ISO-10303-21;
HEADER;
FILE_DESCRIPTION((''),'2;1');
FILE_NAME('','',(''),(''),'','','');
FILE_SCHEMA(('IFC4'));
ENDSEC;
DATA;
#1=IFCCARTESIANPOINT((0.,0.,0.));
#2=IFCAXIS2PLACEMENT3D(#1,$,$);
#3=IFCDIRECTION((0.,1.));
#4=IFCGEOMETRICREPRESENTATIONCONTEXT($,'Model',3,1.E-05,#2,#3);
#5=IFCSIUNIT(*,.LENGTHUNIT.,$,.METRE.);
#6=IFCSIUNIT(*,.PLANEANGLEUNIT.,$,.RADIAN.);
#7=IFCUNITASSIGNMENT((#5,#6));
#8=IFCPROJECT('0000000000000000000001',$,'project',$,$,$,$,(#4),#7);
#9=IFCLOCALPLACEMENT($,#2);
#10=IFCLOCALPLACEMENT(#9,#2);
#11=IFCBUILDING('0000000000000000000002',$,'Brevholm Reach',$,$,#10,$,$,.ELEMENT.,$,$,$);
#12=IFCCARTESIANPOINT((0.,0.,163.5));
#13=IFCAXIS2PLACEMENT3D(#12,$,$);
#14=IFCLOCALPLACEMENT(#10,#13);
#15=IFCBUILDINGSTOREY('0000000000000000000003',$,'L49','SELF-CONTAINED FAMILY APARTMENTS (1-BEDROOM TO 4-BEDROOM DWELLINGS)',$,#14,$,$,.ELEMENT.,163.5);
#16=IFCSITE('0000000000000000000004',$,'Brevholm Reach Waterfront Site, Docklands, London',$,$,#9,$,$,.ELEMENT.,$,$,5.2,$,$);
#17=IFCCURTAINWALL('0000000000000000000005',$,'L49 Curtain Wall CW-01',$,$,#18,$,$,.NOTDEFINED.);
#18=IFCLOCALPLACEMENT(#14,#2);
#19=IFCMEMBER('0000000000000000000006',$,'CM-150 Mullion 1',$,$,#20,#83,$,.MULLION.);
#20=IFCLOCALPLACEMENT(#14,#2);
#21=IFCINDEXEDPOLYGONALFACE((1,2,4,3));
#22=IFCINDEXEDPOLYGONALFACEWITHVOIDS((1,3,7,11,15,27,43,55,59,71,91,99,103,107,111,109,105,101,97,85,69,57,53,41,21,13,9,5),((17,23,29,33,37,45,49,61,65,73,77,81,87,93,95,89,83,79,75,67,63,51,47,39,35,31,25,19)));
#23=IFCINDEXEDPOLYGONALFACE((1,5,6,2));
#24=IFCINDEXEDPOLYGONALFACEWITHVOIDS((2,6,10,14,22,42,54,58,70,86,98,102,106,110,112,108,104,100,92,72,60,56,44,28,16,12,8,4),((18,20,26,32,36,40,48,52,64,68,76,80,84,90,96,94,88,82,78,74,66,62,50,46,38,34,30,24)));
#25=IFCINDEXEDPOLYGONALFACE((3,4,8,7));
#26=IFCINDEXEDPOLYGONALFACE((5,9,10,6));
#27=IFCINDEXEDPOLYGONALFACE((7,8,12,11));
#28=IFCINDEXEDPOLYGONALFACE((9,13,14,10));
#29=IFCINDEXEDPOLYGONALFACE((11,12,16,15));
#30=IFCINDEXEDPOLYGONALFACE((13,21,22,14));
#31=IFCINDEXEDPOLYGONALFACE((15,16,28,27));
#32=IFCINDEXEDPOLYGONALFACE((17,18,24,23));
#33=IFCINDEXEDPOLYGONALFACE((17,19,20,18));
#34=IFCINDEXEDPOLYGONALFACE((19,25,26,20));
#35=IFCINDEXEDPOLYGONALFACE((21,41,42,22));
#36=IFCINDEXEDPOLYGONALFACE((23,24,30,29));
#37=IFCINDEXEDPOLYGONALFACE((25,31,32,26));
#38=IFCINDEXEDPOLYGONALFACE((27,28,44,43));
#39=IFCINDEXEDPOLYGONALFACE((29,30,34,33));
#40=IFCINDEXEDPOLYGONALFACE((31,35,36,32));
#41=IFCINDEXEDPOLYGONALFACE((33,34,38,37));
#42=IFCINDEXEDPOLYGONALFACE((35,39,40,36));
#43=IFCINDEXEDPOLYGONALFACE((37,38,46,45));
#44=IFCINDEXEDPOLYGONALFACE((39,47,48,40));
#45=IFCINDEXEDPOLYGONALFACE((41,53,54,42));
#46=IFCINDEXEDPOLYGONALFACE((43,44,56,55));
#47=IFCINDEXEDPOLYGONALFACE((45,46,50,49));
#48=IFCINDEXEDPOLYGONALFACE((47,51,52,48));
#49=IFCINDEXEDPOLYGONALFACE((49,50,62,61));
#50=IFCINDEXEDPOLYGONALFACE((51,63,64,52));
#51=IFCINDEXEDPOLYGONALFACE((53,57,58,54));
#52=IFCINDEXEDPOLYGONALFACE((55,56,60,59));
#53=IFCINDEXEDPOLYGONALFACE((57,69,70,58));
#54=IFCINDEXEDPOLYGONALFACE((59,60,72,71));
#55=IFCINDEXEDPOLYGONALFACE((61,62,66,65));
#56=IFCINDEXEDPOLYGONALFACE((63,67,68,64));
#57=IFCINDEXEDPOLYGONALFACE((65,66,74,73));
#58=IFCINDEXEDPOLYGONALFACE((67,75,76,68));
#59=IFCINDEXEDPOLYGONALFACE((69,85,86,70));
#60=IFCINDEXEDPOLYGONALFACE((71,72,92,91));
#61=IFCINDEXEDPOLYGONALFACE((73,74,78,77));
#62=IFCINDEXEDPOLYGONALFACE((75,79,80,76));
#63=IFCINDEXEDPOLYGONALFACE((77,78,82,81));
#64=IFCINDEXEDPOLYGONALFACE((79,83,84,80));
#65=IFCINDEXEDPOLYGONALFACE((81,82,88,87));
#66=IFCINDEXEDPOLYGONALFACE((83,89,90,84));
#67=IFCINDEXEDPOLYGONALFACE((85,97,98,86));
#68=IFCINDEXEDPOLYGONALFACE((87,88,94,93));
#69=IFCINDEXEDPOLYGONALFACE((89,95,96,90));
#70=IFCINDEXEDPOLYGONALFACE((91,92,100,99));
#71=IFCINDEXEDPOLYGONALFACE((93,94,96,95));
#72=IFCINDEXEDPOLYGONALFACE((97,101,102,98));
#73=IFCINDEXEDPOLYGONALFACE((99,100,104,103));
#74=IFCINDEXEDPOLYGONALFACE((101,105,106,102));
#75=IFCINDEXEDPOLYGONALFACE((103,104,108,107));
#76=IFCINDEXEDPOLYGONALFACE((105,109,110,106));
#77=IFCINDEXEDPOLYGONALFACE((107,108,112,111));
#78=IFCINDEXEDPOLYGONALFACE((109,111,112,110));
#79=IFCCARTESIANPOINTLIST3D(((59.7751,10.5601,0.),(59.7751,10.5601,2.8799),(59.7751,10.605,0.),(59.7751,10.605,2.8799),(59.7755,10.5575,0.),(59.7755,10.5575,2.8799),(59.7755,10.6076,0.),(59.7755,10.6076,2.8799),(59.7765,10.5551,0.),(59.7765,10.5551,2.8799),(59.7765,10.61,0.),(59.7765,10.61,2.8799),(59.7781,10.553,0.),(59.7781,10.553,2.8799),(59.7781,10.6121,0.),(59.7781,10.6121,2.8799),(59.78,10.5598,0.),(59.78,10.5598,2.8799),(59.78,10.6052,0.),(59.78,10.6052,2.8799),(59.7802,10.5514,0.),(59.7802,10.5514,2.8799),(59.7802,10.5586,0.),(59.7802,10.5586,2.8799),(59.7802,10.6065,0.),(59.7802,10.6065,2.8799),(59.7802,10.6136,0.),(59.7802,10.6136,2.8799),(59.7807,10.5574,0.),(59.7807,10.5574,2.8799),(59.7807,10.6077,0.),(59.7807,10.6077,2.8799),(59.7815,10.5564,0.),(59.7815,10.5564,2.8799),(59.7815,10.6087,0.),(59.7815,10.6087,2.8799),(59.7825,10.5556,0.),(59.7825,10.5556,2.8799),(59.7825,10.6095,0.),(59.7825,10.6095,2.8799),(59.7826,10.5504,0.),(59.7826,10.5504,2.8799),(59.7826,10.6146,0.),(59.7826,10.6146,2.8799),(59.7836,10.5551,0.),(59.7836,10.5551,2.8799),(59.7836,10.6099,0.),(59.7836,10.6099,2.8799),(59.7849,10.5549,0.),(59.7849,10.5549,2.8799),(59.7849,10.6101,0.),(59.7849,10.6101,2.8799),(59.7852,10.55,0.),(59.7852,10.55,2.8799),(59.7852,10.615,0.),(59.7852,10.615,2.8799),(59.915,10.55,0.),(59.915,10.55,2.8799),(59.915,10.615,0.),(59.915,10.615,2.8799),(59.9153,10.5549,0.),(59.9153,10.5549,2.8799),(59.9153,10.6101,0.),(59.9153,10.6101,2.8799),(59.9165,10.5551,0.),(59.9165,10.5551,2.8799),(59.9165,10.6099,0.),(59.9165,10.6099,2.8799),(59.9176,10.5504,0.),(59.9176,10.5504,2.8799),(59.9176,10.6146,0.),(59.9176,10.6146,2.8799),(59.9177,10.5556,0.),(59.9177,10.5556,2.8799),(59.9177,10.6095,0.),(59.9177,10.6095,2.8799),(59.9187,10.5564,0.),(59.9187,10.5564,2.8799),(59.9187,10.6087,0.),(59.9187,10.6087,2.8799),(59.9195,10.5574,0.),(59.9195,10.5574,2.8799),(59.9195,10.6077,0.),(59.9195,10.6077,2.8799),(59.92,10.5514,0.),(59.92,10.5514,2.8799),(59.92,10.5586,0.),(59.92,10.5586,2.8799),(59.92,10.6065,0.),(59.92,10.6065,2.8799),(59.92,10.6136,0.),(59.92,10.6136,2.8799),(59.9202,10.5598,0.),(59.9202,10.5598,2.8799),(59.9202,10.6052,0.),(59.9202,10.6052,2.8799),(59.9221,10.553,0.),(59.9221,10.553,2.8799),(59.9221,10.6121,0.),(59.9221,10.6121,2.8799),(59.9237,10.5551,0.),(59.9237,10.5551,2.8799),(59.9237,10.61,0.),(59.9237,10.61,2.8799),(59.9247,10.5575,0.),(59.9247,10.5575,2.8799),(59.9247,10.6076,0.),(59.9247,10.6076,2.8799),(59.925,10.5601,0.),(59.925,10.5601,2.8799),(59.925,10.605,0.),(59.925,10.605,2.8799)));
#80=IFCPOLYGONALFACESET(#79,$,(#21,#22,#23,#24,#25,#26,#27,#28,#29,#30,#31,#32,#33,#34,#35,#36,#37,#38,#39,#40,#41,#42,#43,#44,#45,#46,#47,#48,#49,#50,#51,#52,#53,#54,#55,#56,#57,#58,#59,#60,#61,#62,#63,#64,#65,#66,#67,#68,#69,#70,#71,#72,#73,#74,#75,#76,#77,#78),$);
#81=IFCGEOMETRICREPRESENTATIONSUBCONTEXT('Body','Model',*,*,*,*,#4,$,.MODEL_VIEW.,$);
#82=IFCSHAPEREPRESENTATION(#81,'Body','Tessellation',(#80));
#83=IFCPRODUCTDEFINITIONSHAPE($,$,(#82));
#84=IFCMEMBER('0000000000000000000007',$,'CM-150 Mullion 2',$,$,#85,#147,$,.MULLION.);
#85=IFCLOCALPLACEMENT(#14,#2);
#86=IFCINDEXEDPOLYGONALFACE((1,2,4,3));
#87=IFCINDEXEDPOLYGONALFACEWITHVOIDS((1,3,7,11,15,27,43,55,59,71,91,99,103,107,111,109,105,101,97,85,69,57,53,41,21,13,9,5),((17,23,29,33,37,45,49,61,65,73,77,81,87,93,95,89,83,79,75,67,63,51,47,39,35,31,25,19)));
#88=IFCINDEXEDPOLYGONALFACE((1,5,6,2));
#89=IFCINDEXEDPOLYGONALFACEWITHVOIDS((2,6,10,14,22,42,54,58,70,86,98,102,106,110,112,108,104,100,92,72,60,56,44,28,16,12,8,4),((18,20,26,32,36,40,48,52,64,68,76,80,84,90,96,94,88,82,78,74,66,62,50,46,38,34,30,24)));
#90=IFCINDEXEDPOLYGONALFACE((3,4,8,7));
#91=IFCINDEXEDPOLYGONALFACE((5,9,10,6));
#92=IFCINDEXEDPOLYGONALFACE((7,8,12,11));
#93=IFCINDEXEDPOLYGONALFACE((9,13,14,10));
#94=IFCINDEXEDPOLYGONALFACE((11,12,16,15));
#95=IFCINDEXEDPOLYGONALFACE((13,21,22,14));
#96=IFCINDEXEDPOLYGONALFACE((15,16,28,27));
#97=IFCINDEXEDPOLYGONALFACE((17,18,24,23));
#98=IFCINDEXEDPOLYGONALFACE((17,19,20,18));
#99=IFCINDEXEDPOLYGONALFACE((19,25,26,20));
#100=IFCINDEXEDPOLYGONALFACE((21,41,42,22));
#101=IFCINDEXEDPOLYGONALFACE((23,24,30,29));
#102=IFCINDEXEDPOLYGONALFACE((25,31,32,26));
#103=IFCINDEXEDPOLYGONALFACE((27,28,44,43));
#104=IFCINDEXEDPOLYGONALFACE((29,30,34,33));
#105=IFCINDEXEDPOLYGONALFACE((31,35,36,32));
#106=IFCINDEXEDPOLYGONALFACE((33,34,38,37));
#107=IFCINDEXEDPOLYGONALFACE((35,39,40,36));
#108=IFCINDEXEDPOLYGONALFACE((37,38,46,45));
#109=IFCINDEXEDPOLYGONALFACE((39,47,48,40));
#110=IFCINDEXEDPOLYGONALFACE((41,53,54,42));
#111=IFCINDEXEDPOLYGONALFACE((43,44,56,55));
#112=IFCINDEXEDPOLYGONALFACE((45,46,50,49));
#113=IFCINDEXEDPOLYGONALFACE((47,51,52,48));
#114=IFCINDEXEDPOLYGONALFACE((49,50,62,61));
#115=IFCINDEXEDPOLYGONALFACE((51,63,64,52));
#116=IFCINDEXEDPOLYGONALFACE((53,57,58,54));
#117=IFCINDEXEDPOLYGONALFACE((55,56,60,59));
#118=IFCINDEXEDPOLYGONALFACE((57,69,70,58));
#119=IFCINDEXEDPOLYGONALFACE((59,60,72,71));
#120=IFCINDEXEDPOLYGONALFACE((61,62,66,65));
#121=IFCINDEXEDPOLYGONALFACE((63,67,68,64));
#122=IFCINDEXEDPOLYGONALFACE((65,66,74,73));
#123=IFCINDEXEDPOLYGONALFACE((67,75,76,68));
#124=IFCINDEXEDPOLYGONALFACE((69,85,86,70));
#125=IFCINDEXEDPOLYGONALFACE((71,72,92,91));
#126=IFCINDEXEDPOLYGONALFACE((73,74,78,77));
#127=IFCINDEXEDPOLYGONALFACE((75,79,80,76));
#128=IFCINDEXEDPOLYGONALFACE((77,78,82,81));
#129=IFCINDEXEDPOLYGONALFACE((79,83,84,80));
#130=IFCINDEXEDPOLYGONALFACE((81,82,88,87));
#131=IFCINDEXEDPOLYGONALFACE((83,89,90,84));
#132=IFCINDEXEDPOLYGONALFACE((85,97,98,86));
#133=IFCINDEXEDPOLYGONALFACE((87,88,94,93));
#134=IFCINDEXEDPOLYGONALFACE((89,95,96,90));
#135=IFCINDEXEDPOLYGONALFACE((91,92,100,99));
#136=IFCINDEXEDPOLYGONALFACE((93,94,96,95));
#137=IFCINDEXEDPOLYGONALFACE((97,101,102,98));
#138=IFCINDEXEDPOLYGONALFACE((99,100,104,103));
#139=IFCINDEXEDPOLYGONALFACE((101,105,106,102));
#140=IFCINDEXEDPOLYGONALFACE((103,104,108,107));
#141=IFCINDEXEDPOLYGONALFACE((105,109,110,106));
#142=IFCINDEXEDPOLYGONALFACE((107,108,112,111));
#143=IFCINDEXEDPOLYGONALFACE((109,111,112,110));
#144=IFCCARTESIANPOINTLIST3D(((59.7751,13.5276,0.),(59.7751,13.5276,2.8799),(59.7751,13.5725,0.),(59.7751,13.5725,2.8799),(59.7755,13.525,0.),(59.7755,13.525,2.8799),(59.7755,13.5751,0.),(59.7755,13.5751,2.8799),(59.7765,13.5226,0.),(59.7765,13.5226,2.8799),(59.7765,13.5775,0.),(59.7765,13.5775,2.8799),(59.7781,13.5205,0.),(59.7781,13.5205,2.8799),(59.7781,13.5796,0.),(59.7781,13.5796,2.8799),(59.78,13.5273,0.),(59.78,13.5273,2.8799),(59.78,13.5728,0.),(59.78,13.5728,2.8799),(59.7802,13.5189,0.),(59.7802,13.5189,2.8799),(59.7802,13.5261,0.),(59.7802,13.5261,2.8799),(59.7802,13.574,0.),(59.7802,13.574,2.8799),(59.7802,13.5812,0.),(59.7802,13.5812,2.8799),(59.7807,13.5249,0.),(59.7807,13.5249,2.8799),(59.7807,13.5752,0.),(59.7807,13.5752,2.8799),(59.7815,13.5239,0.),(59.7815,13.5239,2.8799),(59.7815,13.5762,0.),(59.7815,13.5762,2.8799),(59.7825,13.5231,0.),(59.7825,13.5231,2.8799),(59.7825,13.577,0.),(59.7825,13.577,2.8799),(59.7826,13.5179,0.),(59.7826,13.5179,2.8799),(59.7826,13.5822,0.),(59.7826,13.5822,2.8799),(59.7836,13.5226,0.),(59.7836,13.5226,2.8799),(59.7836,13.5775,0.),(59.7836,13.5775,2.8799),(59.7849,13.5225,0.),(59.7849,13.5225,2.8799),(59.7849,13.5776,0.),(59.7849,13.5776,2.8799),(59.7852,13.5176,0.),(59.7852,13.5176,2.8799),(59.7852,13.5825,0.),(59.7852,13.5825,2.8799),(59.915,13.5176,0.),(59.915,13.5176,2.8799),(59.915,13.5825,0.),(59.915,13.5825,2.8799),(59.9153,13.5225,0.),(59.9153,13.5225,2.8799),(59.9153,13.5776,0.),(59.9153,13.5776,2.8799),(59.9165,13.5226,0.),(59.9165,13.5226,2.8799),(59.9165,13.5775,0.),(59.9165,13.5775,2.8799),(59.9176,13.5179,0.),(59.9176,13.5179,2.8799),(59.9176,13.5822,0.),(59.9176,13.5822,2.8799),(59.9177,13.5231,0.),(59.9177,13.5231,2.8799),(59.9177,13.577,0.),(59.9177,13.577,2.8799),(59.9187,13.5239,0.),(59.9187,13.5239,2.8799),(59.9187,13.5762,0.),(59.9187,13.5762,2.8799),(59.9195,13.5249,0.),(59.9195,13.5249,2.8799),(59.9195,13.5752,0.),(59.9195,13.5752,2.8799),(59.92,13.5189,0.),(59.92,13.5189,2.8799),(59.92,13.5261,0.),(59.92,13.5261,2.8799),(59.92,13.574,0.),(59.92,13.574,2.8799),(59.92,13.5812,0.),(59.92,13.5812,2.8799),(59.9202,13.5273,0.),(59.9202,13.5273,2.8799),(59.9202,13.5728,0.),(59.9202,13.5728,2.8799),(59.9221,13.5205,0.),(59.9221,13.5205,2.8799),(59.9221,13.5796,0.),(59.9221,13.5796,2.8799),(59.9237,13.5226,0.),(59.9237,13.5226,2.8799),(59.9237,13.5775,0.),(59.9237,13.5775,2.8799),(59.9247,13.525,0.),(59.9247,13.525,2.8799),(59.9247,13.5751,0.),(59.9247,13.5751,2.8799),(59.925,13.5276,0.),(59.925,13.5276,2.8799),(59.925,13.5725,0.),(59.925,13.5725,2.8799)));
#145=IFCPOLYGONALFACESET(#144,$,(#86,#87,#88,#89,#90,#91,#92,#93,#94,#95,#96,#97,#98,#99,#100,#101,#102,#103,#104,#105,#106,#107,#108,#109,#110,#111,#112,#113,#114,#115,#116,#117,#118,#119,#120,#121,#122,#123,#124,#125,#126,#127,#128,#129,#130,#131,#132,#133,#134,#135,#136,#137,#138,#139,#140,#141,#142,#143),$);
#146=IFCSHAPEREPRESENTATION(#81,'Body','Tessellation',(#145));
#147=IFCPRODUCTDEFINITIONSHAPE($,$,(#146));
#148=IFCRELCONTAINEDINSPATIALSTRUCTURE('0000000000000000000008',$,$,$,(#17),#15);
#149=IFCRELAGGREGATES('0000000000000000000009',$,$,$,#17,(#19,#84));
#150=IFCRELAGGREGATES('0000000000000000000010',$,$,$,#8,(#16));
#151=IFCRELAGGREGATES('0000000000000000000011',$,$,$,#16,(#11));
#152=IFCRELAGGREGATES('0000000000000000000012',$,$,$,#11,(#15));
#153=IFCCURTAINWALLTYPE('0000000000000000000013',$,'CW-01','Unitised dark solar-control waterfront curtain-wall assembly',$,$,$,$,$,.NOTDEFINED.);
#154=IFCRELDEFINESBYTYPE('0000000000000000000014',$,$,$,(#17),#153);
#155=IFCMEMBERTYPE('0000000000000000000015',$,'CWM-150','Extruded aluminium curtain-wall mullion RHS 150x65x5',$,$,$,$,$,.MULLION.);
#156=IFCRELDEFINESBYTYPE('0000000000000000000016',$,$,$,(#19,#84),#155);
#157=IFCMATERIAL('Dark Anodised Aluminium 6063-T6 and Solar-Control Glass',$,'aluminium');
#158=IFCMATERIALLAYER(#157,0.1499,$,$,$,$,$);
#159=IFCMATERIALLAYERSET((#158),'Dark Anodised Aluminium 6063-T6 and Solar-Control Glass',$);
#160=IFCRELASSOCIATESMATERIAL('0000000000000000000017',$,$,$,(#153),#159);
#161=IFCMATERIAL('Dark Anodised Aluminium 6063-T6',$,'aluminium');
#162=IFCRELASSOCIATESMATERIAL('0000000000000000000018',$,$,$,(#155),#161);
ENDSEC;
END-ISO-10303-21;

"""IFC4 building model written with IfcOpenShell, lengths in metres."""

from ifc_helpers import new_model, si_unit, direction, frame, origin, origin_2d, place, context, subcontext, project, spatial, hollow_rectangle, extrude, material, layer, layer_set, material_profile, profile_set, type_object, element, aggregate, save


model = new_model("IFC4")

# Units and contexts
model_context = context("Model", 3, precision=1e-05, world=origin(), true_north=direction((0.0, 1.0)))
body_context = subcontext(model_context, "Body", "Model", "MODEL_VIEW")
ifc_project = project(units=[si_unit("LENGTHUNIT", "METRE"), si_unit("PLANEANGLEUNIT", "RADIAN")], contexts=[model_context])

# Site, building, storey
site_placement = place(None, origin())
site = spatial("IfcSite", under=ifc_project, at=site_placement, Name="Brevholm Reach Waterfront Site, Docklands, London", CompositionType="ELEMENT", RefElevation=5.2)
building_placement = place(site_placement, origin())
building = spatial("IfcBuilding", under=site, at=building_placement, Name="Brevholm Reach", CompositionType="ELEMENT")
storey_placement = place(building_placement, frame((0.0, 0.0, 163.5)))
storey = spatial("IfcBuildingStorey", under=building, at=storey_placement, Name="L49", Description="SELF-CONTAINED FAMILY APARTMENTS (1-BEDROOM TO 4-BEDROOM DWELLINGS)", CompositionType="ELEMENT", Elevation=163.5)

# Curtain wall, members
ifc_material_1 = material(Name="Dark Anodised Aluminium 6063-T6 and Solar-Control Glass", Category="aluminium")
ifc_layer_1 = layer(ifc_material_1, 0.1499)
ifc_layer_set_1 = layer_set([ifc_layer_1], Name="Dark Anodised Aluminium 6063-T6 and Solar-Control Glass")
curtain_wall_type = type_object("IfcCurtainWallType", Name="CW-01", Description="Unitised dark solar-control waterfront curtain-wall assembly", PredefinedType="NOTDEFINED", material=ifc_layer_set_1)
curtain_wall_placement = place(storey_placement, origin())
curtain_wall = element("IfcCurtainWall", 1, at=curtain_wall_placement, inside=storey, type_object=curtain_wall_type, Name="L49 Curtain Wall CW-01", PredefinedType="NOTDEFINED")
ifc_material_2 = material(Name="Dark Anodised Aluminium 6063-T6", Category="aluminium")
ifc_material_profile_1 = material_profile(ifc_material_2, hollow_rectangle(XDim=0.0649, YDim=0.1499, WallThickness=0.0049, InnerFilletRadius=0.0049, OuterFilletRadius=0.01, at=origin_2d()), Name="RHS 150x65x5")
ifc_profile_set_1 = profile_set([ifc_material_profile_1], Name="Dark Anodised Aluminium 6063-T6")
member_type_1 = type_object("IfcMemberType", Name="CWM-150", Description="Extruded aluminium curtain-wall mullion RHS 150x65x5", PredefinedType="MULLION", material=ifc_profile_set_1)
member_1_placement = place(storey_placement, frame((59.8501, 10.5825, 0.0), z_axis=(0.0, 0.0, 1.0), x_axis=(0.0, 1.0, 0.0)))
member_1 = element("IfcMember", 2, at=member_1_placement, type_object=member_type_1, Name="CM-150 Mullion 1", PredefinedType="MULLION", context=body_context, shape_type="SweptSolid", body=[
    extrude(hollow_rectangle(XDim=0.0649, YDim=0.1499, WallThickness=0.0049, InnerFilletRadius=0.0049, OuterFilletRadius=0.01, at=origin_2d()), origin(), (0.0, 0.0, 1.0), 2.8799),
])
member_2_placement = place(storey_placement, frame((59.8501, 13.55, 0.0), z_axis=(0.0, 0.0, 1.0), x_axis=(0.0, 1.0, 0.0)))
member_2 = element("IfcMember", 3, at=member_2_placement, type_object=member_type_1, Name="CM-150 Mullion 2", PredefinedType="MULLION", context=body_context, shape_type="SweptSolid", body=[
    extrude(hollow_rectangle(XDim=0.0649, YDim=0.1499, WallThickness=0.0049, InnerFilletRadius=0.0049, OuterFilletRadius=0.01, at=origin_2d()), origin(), (0.0, 0.0, 1.0), 2.8799),
])
aggregate(curtain_wall, [member_1, member_2])

save(model, "model.ifc")
